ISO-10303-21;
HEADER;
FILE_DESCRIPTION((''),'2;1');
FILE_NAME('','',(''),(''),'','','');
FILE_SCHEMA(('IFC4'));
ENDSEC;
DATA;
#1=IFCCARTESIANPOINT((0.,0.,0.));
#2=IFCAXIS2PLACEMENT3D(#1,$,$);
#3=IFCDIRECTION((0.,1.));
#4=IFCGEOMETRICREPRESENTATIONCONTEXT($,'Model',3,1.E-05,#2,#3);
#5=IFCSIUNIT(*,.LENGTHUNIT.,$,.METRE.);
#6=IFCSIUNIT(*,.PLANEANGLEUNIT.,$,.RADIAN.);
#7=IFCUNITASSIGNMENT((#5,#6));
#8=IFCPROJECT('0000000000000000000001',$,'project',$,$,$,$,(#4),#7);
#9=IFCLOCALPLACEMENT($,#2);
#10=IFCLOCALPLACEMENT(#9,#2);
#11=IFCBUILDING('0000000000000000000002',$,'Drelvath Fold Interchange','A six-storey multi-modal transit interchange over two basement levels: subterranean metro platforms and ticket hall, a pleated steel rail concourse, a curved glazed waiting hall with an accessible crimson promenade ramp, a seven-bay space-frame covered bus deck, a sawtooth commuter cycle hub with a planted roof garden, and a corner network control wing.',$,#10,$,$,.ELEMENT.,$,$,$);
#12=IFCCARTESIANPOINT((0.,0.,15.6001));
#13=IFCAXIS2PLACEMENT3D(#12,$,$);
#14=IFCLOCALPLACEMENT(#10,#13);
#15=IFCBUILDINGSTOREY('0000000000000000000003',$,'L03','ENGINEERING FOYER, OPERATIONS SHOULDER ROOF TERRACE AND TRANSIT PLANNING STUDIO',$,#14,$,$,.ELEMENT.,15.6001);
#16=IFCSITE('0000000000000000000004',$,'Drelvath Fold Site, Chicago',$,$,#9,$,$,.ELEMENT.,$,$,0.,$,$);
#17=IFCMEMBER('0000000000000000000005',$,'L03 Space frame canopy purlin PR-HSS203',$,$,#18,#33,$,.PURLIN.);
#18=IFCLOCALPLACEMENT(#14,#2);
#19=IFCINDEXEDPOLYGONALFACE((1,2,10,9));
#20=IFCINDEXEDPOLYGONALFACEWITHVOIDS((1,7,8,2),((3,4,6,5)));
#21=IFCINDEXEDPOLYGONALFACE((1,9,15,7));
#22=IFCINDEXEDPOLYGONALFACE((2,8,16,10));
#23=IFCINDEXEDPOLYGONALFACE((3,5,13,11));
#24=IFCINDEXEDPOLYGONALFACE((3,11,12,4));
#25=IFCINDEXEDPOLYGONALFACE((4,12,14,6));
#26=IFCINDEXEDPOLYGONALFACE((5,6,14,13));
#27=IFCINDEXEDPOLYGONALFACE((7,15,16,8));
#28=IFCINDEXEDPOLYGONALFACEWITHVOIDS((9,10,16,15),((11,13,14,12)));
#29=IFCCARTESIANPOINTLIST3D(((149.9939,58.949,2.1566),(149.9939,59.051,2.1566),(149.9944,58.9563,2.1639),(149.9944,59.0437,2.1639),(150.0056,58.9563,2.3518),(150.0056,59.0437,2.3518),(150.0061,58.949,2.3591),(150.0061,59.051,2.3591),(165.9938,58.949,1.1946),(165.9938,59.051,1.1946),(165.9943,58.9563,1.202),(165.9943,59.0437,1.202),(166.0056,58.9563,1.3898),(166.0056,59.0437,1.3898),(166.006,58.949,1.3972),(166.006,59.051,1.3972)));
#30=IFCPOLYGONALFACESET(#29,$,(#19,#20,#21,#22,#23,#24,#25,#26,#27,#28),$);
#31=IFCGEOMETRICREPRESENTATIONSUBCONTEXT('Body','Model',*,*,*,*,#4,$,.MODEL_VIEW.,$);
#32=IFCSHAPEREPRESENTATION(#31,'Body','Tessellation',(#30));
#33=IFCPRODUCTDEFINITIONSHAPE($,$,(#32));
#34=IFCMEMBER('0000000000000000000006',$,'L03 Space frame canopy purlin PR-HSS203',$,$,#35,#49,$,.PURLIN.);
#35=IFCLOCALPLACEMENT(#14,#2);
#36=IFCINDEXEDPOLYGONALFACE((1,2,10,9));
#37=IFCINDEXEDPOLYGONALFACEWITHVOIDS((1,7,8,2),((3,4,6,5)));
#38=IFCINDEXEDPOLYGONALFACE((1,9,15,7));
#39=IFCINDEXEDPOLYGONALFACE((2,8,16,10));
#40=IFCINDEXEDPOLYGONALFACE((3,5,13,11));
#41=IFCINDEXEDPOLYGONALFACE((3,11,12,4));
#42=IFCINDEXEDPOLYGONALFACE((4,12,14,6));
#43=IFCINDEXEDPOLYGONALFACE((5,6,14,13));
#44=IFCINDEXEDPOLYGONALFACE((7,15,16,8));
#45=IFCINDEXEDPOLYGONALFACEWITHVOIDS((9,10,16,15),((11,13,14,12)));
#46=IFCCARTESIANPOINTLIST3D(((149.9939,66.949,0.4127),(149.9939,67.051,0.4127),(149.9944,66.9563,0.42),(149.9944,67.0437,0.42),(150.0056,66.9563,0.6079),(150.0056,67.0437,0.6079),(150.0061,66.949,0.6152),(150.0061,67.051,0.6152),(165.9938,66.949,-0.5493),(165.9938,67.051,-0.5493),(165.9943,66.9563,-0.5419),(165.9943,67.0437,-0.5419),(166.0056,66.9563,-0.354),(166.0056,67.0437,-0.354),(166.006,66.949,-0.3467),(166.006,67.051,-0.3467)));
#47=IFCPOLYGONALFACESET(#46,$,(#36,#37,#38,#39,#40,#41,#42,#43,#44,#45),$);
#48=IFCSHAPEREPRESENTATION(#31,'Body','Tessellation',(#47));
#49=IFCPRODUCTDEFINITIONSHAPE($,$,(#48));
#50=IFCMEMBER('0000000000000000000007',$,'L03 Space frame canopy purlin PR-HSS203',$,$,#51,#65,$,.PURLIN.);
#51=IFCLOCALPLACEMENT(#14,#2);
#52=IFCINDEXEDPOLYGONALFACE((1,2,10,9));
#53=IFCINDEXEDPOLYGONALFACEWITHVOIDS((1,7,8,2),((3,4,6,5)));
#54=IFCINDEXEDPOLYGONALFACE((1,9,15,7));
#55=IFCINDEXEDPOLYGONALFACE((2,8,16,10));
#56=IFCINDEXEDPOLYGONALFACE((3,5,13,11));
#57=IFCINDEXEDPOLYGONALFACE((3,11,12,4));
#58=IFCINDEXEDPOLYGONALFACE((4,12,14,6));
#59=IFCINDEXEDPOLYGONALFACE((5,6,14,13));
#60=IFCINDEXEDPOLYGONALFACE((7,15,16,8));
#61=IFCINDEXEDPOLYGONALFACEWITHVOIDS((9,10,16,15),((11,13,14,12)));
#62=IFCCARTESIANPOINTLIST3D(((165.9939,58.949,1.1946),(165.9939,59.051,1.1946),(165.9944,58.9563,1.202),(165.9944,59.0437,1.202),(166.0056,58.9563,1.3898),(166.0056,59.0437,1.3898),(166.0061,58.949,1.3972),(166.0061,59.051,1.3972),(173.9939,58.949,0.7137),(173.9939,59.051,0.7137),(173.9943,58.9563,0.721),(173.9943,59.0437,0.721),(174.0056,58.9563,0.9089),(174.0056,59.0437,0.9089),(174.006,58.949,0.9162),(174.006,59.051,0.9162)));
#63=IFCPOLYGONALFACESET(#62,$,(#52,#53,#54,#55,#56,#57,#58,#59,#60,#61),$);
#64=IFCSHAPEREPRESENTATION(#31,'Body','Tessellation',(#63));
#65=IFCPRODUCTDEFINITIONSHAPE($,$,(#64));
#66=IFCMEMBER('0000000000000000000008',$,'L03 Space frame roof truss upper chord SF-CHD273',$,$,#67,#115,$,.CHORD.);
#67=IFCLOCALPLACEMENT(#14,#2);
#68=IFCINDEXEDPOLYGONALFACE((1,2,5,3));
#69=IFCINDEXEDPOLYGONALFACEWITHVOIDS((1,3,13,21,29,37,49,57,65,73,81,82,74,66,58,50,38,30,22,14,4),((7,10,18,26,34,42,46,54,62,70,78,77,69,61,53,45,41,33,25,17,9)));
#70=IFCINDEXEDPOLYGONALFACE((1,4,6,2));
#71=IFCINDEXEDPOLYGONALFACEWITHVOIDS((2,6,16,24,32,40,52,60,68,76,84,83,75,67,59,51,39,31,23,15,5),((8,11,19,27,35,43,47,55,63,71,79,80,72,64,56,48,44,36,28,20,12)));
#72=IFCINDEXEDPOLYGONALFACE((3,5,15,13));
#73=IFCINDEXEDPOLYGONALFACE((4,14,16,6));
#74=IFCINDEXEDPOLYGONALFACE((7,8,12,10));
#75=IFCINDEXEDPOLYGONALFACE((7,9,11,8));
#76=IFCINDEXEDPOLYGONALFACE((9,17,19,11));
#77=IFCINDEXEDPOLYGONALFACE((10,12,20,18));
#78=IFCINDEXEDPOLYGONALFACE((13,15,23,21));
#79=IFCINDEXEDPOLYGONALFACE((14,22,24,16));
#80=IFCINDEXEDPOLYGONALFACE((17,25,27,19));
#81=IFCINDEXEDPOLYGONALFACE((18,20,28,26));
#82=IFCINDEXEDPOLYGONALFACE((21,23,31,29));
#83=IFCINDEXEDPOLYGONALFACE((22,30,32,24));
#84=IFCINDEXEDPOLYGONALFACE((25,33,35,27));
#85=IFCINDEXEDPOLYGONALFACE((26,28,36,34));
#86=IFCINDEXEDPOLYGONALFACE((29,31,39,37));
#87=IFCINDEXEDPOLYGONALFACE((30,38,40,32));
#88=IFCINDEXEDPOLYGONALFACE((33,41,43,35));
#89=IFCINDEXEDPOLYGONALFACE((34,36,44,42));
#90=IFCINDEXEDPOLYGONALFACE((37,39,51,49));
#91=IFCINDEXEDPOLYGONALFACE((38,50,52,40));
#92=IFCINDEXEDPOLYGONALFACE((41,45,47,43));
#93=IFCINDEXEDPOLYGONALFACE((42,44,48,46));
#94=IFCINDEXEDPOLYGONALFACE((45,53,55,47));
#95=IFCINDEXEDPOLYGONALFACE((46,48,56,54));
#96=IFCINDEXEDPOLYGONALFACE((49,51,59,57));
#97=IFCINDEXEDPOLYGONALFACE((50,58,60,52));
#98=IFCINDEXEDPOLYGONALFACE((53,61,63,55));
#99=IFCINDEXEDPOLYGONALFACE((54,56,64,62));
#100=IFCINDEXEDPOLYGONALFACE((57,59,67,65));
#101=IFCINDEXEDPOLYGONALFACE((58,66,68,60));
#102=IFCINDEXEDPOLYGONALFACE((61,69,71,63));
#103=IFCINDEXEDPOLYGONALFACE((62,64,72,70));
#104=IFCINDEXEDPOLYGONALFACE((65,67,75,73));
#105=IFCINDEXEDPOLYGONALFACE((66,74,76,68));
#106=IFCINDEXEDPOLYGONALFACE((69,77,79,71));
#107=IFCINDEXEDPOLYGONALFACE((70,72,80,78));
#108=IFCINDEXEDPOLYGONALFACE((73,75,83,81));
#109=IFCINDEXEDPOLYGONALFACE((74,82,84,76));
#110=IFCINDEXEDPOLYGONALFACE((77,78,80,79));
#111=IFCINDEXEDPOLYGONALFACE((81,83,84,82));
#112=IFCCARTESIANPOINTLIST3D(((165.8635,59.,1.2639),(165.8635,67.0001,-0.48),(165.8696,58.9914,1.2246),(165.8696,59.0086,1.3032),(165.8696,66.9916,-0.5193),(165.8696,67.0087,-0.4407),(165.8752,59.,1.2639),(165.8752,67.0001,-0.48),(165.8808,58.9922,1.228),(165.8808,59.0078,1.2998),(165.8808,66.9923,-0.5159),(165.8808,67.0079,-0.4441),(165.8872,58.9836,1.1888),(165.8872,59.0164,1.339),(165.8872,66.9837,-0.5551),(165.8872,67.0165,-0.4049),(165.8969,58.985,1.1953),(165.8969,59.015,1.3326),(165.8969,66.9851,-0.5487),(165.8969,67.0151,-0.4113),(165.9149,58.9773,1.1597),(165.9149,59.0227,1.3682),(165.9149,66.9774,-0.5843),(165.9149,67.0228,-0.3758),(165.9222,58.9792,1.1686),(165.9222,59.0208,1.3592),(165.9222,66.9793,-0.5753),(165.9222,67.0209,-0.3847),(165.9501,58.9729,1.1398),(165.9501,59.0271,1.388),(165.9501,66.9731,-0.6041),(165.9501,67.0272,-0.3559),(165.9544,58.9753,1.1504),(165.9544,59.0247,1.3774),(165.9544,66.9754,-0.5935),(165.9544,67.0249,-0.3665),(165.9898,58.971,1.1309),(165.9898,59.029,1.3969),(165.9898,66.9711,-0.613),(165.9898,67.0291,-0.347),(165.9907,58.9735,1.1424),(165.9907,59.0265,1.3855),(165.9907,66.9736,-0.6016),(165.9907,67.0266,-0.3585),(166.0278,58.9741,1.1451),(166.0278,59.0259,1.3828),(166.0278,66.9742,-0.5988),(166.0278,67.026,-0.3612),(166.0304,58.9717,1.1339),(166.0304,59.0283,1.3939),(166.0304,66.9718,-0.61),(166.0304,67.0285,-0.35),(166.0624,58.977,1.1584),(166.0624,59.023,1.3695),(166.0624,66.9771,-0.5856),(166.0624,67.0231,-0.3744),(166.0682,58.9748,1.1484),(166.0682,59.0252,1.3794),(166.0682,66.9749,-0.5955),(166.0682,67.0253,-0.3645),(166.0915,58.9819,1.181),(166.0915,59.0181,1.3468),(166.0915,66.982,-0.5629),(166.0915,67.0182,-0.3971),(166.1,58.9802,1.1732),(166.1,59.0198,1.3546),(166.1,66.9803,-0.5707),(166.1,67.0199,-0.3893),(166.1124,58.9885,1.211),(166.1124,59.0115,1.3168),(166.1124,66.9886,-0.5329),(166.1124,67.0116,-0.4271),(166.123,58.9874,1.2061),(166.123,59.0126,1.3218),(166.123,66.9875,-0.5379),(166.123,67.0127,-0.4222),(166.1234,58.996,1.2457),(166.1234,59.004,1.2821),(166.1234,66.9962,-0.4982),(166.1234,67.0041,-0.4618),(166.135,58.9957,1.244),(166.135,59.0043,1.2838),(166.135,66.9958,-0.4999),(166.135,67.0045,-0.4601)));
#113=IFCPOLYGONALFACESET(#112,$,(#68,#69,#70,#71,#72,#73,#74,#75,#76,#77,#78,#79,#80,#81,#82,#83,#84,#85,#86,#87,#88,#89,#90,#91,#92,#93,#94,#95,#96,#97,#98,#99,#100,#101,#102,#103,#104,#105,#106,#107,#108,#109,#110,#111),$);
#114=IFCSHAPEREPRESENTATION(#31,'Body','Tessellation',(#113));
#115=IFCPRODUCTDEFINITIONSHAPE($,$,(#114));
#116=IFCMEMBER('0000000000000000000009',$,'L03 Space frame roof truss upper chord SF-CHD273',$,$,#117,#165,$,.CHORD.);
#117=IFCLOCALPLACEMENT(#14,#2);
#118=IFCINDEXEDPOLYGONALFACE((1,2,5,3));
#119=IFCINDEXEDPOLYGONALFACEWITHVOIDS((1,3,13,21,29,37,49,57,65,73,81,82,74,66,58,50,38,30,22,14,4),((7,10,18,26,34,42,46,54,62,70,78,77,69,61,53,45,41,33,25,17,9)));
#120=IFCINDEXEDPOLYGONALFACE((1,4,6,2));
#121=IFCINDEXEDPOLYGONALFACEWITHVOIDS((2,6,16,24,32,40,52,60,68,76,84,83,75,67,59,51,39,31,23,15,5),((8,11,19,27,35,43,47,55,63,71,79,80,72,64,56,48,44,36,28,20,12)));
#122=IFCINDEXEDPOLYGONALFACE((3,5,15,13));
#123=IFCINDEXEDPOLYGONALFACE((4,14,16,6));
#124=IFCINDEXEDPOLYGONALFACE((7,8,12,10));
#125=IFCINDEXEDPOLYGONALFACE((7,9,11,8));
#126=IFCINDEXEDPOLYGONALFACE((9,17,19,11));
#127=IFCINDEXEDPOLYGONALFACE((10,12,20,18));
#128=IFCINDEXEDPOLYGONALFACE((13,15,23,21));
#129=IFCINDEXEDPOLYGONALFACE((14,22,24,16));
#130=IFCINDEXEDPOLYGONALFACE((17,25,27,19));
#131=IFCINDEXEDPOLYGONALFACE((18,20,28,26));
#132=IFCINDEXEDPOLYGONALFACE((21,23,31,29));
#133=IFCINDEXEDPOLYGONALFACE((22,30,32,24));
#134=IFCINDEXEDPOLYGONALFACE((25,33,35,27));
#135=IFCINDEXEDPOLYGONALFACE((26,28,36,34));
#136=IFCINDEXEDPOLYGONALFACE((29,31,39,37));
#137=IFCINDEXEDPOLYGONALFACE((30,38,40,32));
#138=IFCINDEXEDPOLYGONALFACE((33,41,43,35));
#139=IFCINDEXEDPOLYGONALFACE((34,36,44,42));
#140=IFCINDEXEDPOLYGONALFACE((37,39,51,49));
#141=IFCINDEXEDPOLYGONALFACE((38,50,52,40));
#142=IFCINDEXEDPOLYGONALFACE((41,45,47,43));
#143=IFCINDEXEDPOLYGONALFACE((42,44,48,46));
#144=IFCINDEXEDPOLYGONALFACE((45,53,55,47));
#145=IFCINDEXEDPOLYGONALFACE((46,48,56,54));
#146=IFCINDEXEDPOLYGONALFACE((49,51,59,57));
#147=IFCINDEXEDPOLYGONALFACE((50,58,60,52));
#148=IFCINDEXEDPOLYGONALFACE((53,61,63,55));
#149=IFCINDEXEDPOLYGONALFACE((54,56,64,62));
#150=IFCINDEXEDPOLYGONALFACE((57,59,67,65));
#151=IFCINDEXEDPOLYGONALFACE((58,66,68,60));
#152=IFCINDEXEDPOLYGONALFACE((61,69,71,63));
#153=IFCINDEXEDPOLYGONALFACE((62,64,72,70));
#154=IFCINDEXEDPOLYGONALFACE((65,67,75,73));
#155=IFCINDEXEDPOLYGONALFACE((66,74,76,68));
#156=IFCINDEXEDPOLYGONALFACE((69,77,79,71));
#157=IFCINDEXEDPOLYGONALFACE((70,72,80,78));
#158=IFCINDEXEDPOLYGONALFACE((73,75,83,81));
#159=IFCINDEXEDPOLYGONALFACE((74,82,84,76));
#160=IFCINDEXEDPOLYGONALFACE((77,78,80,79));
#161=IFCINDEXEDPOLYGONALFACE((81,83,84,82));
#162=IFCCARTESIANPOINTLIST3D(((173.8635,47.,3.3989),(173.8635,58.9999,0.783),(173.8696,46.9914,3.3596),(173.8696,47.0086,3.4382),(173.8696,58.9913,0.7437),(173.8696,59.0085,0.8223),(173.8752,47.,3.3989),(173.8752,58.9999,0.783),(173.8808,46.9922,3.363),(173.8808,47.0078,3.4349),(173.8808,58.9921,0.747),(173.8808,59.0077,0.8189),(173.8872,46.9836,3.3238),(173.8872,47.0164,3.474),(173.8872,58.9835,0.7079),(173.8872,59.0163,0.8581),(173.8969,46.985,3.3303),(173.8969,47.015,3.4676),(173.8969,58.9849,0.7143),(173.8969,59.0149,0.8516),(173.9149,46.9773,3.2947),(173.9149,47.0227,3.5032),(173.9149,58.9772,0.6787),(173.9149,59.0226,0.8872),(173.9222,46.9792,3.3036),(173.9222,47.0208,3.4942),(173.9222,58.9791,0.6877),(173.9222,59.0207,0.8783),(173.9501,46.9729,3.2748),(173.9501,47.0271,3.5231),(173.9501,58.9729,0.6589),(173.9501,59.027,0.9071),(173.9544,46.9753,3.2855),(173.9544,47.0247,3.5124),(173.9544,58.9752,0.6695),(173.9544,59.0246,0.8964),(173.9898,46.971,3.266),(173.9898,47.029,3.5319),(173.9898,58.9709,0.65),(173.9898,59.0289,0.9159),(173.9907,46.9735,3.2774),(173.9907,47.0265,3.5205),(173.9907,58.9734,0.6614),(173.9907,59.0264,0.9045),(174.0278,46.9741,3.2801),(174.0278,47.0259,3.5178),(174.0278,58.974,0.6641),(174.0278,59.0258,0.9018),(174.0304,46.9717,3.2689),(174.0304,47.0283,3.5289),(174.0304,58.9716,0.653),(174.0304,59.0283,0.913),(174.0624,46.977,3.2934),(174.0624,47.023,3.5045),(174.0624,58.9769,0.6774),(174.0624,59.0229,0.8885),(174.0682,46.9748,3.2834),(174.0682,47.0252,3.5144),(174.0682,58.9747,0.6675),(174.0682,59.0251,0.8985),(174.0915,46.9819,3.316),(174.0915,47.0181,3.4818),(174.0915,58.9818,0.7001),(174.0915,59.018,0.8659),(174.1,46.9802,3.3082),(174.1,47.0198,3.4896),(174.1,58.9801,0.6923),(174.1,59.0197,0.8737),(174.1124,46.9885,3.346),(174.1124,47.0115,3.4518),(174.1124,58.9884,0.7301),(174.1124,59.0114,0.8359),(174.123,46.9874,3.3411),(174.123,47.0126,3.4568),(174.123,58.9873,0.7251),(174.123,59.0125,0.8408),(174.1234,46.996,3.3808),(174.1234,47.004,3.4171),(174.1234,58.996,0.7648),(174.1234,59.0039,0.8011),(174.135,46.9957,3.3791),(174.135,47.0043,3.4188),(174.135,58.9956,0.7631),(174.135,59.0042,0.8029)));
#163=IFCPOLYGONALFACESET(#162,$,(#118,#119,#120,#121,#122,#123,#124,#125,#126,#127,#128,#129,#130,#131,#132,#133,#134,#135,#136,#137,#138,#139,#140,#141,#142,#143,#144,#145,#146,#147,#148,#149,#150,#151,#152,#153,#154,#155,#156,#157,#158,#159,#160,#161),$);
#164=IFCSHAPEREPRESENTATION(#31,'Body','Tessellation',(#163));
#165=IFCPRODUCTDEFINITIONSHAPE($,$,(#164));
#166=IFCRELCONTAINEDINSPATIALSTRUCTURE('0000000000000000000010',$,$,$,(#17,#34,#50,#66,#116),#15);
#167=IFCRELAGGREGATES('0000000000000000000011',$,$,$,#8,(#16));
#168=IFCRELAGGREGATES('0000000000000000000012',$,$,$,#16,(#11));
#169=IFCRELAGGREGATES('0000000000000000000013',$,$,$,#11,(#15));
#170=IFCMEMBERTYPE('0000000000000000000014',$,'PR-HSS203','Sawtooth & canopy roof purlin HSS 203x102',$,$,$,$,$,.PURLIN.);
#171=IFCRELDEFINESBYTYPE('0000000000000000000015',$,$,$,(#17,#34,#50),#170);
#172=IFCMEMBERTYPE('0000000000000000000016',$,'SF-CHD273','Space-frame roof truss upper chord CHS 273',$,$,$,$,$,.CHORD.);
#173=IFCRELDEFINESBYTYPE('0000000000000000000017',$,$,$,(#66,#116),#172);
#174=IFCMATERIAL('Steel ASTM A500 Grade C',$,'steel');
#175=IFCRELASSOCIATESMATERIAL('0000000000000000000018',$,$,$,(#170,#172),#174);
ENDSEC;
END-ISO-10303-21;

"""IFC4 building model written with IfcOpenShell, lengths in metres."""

from ifc_helpers import new_model, si_unit, direction, frame, origin, origin_2d, place, context, subcontext, project, spatial, hollow_rectangle, hollow_circle, extrude, material, material_profile, profile_set, type_object, element, save


model = new_model("IFC4")

# Units and contexts
model_context = context("Model", 3, precision=1e-05, world=origin(), true_north=direction((0.0, 1.0)))
body_context = subcontext(model_context, "Body", "Model", "MODEL_VIEW")
ifc_project = project(units=[si_unit("LENGTHUNIT", "METRE"), si_unit("PLANEANGLEUNIT", "RADIAN")], contexts=[model_context])

# Site, building, storey
site_placement = place(None, origin())
site = spatial("IfcSite", under=ifc_project, at=site_placement, Name="Drelvath Fold Site, Chicago", CompositionType="ELEMENT", RefElevation=0.0)
building_placement = place(site_placement, origin())
building = spatial("IfcBuilding", under=site, at=building_placement, Name="Drelvath Fold Interchange", Description="A six-storey multi-modal transit interchange over two basement levels: subterranean metro platforms and ticket hall, a pleated steel rail concourse, a curved glazed waiting hall with an accessible crimson promenade ramp, a seven-bay space-frame covered bus deck, a sawtooth commuter cycle hub with a planted roof garden, and a corner network control wing.", CompositionType="ELEMENT")
storey_placement = place(building_placement, frame((0.0, 0.0, 15.6001)))
storey = spatial("IfcBuildingStorey", under=building, at=storey_placement, Name="L03", Description="ENGINEERING FOYER, OPERATIONS SHOULDER ROOF TERRACE AND TRANSIT PLANNING STUDIO", CompositionType="ELEMENT", Elevation=15.6001)

# Members
ifc_material_1 = material(Name="Steel ASTM A500 Grade C", Category="steel")
ifc_material_profile_1 = material_profile(ifc_material_1, hollow_rectangle(XDim=0.1021, YDim=0.2029, WallThickness=0.0073, at=origin_2d()), Name="HSS8X4X5/16")
ifc_profile_set_1 = profile_set([ifc_material_profile_1], Name="Steel ASTM A500 Grade C")
member_type_1 = type_object("IfcMemberType", Name="PR-HSS203", Description="Sawtooth & canopy roof purlin HSS 203x102", PredefinedType="PURLIN", material=ifc_profile_set_1)
for number, where, z_axis, x_axis, name in (
    (1, (150.0, 59.0, 2.2578), (0.998198, 0.0, -0.060011), (0.0, 1.0, 0.0), "L03 Space frame canopy purlin PR-HSS203"),
    (2, (150.0, 67.0, 0.5139), (0.998198, 0.0, -0.060011), (0.0, 1.0, 0.0), "L03 Space frame canopy purlin PR-HSS203"),
):
    element("IfcMember", number, at=place(storey_placement, frame(where, z_axis=z_axis, x_axis=x_axis)), inside=storey, type_object=member_type_1, Name=name, PredefinedType="PURLIN", context=body_context, shape_type="SweptSolid", body=[
        extrude(hollow_rectangle(XDim=0.1021, YDim=0.2029, WallThickness=0.0073, at=origin_2d()), origin(), (0.0, 0.0, 1.0), 16.0288),
    ])
member_1_placement = place(storey_placement, frame((166.0, 59.0, 1.2959), z_axis=(0.998198, 0.0, -0.060011), x_axis=(0.0, 1.0, 0.0)))
element("IfcMember", 3, at=member_1_placement, inside=storey, type_object=member_type_1, Name="L03 Space frame canopy purlin PR-HSS203", PredefinedType="PURLIN", context=body_context, shape_type="SweptSolid", body=[
    extrude(hollow_rectangle(XDim=0.1021, YDim=0.2029, WallThickness=0.0073, at=origin_2d()), origin(), (0.0, 0.0, 1.0), 8.0144),
])
ifc_material_profile_2 = material_profile(ifc_material_1, hollow_circle(Radius=0.1365, WallThickness=0.0117, at=origin_2d()), Name="HSS10.750X0.500")
ifc_profile_set_2 = profile_set([ifc_material_profile_2], Name="Steel ASTM A500 Grade C")
member_type_2 = type_object("IfcMemberType", Name="SF-CHD273", Description="Space-frame roof truss upper chord CHS 273", PredefinedType="CHORD", material=ifc_profile_set_2)
member_2_placement = place(storey_placement, frame((166.0, 59.0, 1.2639), z_axis=(0.0, 0.977055, -0.212985), x_axis=(-1.0, 0.0, 0.0)))
element("IfcMember", 4, at=member_2_placement, inside=storey, type_object=member_type_2, Name="L03 Space frame roof truss upper chord SF-CHD273", PredefinedType="CHORD", context=body_context, shape_type="SweptSolid", body=[
    extrude(hollow_circle(Radius=0.1365, WallThickness=0.0117, at=origin_2d()), origin(), (0.0, 0.0, 1.0), 8.188),
])
member_3_placement = place(storey_placement, frame((174.0, 47.0, 3.3989), z_axis=(0.0, 0.977053, -0.212995), x_axis=(-1.0, 0.0, 0.0)))
element("IfcMember", 5, at=member_3_placement, inside=storey, type_object=member_type_2, Name="L03 Space frame roof truss upper chord SF-CHD273", PredefinedType="CHORD", context=body_context, shape_type="SweptSolid", body=[
    extrude(hollow_circle(Radius=0.1365, WallThickness=0.0117, at=origin_2d()), origin(), (0.0, 0.0, 1.0), 12.2817),
])

save(model, "model.ifc")
